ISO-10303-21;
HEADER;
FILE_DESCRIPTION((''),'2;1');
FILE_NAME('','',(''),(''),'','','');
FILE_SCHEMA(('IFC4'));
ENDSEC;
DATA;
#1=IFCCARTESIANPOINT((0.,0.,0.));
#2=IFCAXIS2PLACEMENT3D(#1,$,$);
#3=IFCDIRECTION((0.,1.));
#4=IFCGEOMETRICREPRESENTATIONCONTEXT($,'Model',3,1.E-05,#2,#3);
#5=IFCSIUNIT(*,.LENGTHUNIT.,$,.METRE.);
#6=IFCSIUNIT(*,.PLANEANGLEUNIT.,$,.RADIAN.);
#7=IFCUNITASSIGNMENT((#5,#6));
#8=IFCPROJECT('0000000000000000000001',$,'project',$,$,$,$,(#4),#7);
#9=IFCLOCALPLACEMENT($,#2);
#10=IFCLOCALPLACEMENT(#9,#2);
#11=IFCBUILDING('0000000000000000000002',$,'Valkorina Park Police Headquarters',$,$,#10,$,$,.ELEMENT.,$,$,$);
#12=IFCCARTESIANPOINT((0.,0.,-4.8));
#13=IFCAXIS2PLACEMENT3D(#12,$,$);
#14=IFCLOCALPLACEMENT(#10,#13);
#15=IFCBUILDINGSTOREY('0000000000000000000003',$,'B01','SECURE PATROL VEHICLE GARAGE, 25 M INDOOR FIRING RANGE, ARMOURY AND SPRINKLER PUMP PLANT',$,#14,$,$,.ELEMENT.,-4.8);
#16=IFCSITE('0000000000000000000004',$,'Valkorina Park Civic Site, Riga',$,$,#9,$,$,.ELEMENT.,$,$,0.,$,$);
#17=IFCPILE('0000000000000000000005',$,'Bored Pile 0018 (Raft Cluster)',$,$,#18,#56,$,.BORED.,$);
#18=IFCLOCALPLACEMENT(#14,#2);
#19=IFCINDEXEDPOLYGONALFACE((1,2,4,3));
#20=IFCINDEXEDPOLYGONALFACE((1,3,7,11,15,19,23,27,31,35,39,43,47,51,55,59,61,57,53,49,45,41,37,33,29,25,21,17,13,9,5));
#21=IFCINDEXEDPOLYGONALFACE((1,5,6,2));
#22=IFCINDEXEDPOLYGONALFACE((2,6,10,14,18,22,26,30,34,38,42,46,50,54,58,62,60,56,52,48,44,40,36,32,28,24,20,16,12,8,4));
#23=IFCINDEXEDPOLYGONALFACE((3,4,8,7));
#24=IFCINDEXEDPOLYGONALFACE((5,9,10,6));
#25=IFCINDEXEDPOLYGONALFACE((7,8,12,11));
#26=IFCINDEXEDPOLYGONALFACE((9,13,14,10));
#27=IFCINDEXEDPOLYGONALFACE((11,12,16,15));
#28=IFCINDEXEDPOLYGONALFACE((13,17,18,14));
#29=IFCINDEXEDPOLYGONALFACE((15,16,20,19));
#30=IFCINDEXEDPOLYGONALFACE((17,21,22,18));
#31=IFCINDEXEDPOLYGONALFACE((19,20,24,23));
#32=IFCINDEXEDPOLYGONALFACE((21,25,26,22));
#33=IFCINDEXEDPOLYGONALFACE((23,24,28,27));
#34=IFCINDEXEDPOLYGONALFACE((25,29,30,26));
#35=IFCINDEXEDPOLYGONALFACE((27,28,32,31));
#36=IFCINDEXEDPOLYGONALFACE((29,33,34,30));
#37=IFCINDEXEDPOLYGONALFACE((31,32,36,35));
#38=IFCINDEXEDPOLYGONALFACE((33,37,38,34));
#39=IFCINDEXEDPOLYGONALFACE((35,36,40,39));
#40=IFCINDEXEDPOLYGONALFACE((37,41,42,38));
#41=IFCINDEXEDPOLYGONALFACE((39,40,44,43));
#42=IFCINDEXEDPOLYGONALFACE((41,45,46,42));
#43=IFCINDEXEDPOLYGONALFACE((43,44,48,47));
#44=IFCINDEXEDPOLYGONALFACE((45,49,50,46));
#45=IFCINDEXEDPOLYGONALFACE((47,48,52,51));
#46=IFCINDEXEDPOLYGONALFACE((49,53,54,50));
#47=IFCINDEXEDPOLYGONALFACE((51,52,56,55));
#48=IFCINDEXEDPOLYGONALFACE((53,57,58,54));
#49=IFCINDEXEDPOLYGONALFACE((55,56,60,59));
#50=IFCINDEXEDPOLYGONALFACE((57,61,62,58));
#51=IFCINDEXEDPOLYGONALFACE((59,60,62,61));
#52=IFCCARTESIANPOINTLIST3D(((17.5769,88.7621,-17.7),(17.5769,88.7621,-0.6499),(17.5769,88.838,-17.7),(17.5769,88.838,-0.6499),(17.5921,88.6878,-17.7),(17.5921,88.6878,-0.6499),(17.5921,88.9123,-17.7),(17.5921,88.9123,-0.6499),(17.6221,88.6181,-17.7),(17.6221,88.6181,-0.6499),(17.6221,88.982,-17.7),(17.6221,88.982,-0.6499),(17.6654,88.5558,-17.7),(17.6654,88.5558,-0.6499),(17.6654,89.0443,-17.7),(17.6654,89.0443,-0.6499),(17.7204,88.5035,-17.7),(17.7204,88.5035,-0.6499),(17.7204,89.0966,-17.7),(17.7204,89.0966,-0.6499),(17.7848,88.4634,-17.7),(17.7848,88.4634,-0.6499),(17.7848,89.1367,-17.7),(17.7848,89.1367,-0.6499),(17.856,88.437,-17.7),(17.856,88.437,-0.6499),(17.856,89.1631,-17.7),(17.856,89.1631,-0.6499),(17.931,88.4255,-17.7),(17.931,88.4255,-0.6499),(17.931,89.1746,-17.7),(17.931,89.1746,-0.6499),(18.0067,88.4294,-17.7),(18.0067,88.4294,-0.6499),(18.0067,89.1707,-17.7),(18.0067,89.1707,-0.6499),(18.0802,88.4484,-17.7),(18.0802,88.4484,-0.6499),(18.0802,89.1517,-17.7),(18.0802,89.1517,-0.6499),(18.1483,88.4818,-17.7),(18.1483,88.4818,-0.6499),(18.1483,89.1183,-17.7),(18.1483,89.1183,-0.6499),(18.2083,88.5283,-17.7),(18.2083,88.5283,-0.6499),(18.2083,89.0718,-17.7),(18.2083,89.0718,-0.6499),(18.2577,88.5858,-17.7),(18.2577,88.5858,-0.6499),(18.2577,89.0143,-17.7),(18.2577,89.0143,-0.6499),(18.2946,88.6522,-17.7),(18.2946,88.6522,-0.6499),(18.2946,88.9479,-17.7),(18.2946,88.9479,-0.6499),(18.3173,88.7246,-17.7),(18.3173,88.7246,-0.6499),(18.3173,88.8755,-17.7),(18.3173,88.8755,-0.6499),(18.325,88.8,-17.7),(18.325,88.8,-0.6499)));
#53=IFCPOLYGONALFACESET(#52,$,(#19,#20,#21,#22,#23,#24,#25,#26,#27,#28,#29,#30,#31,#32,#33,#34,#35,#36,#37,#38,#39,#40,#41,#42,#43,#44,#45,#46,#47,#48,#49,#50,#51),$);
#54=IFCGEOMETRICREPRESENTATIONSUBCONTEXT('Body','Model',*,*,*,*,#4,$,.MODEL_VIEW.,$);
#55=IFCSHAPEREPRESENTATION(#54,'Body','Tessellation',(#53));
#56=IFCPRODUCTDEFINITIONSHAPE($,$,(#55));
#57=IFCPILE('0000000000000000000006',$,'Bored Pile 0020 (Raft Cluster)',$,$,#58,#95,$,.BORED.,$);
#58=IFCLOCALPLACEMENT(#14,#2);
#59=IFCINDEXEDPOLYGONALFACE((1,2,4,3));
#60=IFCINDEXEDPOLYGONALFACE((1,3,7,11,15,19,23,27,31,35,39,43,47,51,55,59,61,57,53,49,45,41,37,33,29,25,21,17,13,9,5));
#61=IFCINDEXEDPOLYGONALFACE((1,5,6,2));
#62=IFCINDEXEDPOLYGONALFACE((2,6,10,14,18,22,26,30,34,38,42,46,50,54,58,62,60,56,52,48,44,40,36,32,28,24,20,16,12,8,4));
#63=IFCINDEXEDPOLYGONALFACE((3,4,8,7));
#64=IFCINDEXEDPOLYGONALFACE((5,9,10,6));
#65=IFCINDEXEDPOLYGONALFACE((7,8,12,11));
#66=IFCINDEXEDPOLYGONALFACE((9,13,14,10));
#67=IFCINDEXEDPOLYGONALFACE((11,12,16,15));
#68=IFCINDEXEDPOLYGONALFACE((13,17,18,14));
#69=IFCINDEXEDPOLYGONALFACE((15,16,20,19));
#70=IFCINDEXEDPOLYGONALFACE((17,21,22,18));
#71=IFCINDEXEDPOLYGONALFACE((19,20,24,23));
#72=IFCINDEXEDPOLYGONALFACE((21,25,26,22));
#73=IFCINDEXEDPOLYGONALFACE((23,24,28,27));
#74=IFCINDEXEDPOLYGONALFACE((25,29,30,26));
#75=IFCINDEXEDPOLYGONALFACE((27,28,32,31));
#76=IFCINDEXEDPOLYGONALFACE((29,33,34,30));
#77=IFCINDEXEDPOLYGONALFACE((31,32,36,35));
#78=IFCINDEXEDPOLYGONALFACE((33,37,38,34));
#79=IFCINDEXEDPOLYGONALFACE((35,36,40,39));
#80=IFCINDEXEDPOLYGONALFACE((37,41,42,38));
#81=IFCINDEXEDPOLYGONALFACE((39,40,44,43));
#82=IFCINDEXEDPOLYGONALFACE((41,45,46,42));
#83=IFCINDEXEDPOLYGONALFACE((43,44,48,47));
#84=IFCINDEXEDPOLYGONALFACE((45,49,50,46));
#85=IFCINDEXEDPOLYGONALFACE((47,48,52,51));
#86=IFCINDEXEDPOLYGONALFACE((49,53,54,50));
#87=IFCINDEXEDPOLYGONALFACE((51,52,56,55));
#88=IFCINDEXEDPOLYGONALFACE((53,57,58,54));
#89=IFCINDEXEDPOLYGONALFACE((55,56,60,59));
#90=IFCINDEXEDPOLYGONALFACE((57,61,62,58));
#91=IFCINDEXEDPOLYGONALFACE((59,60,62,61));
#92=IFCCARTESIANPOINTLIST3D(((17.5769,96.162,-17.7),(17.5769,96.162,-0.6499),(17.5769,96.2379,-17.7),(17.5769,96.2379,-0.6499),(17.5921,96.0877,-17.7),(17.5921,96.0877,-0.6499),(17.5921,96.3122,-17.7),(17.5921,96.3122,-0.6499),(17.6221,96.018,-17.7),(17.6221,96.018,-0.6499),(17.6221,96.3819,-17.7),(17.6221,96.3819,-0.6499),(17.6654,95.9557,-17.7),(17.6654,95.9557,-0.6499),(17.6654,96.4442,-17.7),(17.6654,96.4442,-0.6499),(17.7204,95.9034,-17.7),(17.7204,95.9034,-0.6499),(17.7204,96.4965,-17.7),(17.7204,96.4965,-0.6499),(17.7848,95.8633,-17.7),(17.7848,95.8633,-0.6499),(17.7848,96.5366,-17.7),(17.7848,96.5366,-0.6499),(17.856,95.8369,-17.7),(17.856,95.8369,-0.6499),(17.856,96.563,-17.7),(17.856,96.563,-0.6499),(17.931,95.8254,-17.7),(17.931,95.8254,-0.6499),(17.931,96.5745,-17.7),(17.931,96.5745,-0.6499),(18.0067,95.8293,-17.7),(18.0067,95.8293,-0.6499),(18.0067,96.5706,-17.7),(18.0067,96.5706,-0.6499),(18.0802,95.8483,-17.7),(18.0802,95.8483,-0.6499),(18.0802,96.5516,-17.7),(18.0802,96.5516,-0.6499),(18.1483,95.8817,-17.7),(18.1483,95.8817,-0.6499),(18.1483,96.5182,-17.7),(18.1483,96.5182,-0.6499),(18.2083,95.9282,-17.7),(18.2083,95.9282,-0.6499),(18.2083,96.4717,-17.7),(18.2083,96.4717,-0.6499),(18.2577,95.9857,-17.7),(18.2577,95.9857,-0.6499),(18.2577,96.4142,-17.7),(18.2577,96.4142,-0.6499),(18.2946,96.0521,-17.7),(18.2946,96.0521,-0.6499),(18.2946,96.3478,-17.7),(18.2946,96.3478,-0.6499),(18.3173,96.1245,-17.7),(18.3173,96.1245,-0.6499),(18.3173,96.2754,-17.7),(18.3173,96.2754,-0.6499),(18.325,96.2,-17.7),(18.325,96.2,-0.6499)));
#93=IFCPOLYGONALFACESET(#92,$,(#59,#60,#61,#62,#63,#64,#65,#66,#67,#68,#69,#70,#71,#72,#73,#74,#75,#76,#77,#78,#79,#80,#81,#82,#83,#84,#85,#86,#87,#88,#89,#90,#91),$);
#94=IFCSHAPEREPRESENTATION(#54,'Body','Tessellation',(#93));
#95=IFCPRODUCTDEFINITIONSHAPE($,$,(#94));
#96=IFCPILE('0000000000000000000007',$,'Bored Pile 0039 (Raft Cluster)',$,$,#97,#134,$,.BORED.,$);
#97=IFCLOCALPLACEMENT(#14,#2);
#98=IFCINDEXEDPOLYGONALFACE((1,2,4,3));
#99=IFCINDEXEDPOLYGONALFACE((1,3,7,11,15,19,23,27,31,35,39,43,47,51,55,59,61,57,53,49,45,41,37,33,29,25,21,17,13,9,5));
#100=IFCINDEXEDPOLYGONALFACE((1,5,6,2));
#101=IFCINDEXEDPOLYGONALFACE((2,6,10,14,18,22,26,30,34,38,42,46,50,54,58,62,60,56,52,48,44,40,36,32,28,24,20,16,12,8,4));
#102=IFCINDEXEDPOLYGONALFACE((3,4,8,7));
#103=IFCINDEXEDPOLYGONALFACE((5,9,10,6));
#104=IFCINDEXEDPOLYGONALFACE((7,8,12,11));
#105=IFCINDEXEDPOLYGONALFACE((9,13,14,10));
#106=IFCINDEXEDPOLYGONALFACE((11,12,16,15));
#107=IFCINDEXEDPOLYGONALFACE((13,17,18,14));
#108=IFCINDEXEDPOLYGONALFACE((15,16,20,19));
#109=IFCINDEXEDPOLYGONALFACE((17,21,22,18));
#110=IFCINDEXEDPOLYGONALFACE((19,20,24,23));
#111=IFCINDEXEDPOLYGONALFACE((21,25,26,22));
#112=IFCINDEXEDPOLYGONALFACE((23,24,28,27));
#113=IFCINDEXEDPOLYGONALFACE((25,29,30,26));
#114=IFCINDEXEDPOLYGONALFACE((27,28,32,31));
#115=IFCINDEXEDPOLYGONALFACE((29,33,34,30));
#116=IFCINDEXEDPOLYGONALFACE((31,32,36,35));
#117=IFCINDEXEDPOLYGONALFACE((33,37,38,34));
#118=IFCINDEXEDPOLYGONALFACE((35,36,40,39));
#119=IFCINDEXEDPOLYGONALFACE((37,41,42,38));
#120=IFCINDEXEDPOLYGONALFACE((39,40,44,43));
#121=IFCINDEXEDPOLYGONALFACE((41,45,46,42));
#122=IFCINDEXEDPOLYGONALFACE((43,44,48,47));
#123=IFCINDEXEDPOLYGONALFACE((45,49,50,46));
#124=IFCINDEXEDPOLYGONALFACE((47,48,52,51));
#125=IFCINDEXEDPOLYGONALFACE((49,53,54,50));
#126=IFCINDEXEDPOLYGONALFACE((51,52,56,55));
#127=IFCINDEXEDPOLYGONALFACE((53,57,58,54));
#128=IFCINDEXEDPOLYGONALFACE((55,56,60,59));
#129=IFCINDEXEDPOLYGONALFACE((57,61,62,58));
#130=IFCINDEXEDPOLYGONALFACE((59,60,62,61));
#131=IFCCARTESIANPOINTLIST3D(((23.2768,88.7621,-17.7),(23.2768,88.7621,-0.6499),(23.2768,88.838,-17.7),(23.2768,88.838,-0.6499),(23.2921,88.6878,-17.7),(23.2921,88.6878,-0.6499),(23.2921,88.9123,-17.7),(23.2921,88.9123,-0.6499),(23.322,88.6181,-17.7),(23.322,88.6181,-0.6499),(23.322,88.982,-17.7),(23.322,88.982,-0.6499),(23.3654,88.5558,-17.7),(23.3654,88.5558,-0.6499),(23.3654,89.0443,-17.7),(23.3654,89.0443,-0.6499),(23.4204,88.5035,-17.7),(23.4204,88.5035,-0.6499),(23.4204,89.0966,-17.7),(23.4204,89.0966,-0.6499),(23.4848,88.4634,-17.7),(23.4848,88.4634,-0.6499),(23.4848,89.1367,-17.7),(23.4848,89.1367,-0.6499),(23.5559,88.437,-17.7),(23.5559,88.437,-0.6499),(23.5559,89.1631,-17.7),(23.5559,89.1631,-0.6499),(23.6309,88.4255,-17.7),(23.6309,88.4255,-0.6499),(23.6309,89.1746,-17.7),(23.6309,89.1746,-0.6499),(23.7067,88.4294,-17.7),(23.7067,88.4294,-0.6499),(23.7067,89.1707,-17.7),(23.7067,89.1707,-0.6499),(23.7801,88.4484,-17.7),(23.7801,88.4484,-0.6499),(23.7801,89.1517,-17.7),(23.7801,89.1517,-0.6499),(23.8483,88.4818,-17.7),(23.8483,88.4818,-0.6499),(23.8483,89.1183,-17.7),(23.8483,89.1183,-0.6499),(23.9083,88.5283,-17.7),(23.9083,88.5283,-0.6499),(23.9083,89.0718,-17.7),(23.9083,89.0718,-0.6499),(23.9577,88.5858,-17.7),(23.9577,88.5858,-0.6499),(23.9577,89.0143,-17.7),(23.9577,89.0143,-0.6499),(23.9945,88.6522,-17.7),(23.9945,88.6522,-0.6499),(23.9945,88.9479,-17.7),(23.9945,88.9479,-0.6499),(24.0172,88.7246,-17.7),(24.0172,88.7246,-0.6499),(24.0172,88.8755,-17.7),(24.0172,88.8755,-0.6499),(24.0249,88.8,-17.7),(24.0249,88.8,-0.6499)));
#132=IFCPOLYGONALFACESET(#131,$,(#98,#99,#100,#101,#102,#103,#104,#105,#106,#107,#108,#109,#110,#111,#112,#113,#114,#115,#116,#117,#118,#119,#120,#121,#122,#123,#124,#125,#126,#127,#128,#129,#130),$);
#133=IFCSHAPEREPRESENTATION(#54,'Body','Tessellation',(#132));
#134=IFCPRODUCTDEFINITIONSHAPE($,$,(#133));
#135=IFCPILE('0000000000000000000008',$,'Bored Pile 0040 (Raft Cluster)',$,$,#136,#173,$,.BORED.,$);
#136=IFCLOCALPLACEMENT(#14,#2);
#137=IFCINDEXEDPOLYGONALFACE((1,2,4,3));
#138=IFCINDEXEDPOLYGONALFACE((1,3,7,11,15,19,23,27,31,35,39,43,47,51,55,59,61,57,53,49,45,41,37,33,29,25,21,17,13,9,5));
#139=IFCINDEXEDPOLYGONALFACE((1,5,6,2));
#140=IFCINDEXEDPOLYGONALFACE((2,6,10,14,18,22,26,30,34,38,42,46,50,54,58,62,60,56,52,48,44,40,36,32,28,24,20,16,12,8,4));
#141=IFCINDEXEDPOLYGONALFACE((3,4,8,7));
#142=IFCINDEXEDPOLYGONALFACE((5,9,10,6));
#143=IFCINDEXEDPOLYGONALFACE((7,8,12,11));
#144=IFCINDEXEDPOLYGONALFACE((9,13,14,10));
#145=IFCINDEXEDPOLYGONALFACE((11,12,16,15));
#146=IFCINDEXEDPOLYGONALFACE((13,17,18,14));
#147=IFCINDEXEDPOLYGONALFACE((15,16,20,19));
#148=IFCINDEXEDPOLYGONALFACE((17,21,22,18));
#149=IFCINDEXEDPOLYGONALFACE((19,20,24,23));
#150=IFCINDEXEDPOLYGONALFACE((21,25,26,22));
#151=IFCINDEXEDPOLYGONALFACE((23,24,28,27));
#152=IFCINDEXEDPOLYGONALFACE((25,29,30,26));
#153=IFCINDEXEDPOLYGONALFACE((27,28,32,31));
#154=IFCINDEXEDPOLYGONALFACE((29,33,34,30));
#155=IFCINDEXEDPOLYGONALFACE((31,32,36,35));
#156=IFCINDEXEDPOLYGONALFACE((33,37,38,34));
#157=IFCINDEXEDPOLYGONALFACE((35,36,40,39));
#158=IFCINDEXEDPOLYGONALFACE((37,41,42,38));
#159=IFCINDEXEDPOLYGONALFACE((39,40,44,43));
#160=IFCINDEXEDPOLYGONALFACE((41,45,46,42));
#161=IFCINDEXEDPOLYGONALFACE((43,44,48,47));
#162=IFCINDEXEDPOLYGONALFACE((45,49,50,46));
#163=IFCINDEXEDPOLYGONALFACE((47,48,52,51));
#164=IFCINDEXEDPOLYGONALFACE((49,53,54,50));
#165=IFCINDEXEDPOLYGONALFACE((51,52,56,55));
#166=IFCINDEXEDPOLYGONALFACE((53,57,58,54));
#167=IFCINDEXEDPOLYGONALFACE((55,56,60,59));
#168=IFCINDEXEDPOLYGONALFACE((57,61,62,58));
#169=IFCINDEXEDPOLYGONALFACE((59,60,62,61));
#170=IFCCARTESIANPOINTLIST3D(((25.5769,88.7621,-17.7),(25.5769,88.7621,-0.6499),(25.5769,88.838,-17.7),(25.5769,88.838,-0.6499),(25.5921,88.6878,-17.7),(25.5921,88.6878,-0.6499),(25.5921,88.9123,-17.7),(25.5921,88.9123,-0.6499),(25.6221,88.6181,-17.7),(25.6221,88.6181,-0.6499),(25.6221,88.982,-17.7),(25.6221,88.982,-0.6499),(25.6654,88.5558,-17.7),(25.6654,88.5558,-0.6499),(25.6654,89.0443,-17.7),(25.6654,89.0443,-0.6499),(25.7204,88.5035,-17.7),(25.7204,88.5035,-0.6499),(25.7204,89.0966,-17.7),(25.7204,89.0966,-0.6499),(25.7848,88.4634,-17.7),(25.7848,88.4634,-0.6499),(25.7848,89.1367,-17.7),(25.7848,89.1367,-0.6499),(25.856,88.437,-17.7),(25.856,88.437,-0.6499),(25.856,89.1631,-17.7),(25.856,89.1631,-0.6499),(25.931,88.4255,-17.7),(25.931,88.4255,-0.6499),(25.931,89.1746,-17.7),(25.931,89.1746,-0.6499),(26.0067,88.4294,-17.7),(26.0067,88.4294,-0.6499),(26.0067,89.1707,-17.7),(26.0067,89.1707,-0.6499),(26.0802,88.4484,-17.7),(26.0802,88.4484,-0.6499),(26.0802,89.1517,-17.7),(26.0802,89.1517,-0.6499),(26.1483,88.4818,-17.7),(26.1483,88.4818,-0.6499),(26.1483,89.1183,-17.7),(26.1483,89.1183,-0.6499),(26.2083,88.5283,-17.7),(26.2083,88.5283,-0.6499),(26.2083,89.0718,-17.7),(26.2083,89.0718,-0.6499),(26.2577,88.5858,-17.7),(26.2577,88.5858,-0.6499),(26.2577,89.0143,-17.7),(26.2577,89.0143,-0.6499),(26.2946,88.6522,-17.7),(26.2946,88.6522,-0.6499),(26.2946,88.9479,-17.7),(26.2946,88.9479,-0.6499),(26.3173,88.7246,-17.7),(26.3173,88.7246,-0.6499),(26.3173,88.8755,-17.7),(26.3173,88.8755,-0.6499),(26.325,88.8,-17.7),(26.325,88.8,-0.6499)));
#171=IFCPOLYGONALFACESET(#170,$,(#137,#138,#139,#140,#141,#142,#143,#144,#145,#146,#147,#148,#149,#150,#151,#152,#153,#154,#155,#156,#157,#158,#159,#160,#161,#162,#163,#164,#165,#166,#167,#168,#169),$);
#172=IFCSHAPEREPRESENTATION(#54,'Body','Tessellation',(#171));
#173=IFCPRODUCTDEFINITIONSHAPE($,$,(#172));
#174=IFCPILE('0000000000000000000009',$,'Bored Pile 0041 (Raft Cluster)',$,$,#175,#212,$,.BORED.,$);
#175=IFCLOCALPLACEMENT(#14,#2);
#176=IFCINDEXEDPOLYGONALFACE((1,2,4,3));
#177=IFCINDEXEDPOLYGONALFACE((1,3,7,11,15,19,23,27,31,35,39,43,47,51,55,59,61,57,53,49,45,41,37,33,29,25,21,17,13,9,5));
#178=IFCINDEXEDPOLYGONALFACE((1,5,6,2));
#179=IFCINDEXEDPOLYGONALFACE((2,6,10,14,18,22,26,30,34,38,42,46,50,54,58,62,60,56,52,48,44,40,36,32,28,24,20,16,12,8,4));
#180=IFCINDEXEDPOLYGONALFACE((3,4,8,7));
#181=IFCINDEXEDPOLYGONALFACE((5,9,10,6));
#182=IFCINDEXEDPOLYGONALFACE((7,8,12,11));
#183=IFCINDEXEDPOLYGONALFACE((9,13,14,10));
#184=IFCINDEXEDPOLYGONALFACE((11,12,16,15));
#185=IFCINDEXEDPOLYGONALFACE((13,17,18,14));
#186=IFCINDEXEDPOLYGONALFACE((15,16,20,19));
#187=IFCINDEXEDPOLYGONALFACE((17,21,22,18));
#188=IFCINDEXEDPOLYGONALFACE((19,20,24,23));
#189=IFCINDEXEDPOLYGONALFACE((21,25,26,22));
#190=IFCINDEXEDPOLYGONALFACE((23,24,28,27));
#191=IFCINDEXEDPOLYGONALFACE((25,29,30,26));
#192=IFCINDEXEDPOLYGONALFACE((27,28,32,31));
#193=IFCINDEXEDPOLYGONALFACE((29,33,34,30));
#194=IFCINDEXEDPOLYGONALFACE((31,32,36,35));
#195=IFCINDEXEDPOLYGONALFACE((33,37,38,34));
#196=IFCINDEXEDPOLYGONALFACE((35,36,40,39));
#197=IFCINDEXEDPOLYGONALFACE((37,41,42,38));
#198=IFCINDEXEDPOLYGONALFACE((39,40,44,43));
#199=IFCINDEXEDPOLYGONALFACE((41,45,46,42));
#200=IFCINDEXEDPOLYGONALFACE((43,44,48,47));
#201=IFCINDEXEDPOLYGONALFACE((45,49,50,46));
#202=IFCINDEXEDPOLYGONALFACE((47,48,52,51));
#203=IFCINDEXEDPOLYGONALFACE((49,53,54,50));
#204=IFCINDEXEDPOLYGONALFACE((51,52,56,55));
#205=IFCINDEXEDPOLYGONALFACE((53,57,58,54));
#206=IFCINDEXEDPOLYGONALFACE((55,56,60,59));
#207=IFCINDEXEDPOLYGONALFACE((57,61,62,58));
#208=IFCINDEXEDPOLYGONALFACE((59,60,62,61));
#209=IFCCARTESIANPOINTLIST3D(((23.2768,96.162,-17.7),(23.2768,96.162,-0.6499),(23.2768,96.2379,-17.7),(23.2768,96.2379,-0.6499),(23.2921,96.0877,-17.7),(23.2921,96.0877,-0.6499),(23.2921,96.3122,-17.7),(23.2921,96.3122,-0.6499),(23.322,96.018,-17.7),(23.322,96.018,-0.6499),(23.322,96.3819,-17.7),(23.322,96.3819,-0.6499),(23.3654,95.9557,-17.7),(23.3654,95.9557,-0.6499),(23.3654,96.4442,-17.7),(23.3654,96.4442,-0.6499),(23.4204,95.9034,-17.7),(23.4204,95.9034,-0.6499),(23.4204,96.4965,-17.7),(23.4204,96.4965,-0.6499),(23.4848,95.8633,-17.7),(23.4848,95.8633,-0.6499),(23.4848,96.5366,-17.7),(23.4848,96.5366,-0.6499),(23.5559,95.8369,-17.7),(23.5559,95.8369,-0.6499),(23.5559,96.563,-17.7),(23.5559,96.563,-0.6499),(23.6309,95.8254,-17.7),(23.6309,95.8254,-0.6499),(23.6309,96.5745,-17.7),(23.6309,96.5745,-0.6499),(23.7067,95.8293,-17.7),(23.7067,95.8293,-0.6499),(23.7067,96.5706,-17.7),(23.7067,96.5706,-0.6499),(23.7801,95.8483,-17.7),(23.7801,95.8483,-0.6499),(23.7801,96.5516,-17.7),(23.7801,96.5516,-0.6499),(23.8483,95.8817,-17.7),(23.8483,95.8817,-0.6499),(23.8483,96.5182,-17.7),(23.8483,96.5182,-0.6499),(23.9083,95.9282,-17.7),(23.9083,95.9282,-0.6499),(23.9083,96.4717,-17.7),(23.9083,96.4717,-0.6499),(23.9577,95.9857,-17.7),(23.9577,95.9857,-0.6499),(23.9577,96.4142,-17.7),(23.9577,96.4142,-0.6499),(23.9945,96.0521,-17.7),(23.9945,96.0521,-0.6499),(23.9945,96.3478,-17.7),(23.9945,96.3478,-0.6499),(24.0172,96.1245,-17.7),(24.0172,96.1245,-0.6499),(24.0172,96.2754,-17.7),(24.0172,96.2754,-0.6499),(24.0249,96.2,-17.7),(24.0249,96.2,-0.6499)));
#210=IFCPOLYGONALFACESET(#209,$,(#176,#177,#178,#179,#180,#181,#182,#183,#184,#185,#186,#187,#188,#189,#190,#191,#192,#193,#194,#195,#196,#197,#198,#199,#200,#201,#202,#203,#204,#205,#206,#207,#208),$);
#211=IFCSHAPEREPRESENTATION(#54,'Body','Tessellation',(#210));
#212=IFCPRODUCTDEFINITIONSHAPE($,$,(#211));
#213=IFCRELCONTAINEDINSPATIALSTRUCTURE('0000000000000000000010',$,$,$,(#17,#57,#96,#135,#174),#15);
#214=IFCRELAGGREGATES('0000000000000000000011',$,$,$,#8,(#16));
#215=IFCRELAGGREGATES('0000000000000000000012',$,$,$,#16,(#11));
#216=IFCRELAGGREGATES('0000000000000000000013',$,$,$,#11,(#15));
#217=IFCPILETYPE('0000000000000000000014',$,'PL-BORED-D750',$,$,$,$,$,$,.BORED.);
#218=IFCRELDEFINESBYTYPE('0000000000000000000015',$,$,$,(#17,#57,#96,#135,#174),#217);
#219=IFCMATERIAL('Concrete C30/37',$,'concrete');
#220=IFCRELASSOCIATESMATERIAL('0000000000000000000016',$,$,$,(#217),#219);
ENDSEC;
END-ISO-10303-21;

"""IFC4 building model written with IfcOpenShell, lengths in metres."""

from ifc_helpers import new_model, si_unit, direction, frame, origin, origin_2d, place, context, subcontext, project, spatial, circle, extrude, material, material_profile, profile_set, type_object, element, save


model = new_model("IFC4")

# Units and contexts
model_context = context("Model", 3, precision=1e-05, world=origin(), true_north=direction((0.0, 1.0)))
body_context = subcontext(model_context, "Body", "Model", "MODEL_VIEW")
ifc_project = project(units=[si_unit("LENGTHUNIT", "METRE"), si_unit("PLANEANGLEUNIT", "RADIAN")], contexts=[model_context])

# Site, building, storey
site_placement = place(None, origin())
site = spatial("IfcSite", under=ifc_project, at=site_placement, Name="Valkorina Park Civic Site, Riga", CompositionType="ELEMENT", RefElevation=0.0)
building_placement = place(site_placement, origin())
building = spatial("IfcBuilding", under=site, at=building_placement, Name="Valkorina Park Police Headquarters", CompositionType="ELEMENT")
storey_placement = place(building_placement, frame((0.0, 0.0, -4.8)))
storey = spatial("IfcBuildingStorey", under=building, at=storey_placement, Name="B01", Description="SECURE PATROL VEHICLE GARAGE, 25 M INDOOR FIRING RANGE, ARMOURY AND SPRINKLER PUMP PLANT", CompositionType="ELEMENT", Elevation=-4.8)

# Piles
ifc_material_1 = material(Name="Concrete C30/37", Category="concrete")
ifc_material_profile_1 = material_profile(ifc_material_1, circle(Radius=0.375, at=origin_2d()), Name="BORED PILE D750")
ifc_profile_set_1 = profile_set([ifc_material_profile_1], Name="Concrete C30/37")
pile_type = type_object("IfcPileType", Name="PL-BORED-D750", PredefinedType="BORED", material=ifc_profile_set_1)
for number, where, z_axis, x_axis, name in (
    (1, (17.95, 88.8, -0.6499), (0.0, 0.0, -1.0), (1.0, 0.0, 0.0), "Bored Pile 0018 (Raft Cluster)"),
    (2, (17.95, 96.2, -0.6499), (0.0, 0.0, -1.0), (1.0, 0.0, 0.0), "Bored Pile 0020 (Raft Cluster)"),
    (3, (23.6499, 88.8, -0.6499), (0.0, 0.0, -1.0), (1.0, 0.0, 0.0), "Bored Pile 0039 (Raft Cluster)"),
    (4, (25.95, 88.8, -0.6499), (0.0, 0.0, -1.0), (1.0, 0.0, 0.0), "Bored Pile 0040 (Raft Cluster)"),
    (5, (23.6499, 96.2, -0.6499), (0.0, 0.0, -1.0), (1.0, 0.0, 0.0), "Bored Pile 0041 (Raft Cluster)"),
):
    element("IfcPile", number, at=place(storey_placement, frame(where, z_axis=z_axis, x_axis=x_axis)), inside=storey, type_object=pile_type, Name=name, PredefinedType="BORED", context=body_context, shape_type="SweptSolid", body=[
        extrude(circle(Radius=0.375, at=origin_2d()), origin(), (0.0, 0.0, 1.0), 17.05),
    ])

save(model, "model.ifc")
